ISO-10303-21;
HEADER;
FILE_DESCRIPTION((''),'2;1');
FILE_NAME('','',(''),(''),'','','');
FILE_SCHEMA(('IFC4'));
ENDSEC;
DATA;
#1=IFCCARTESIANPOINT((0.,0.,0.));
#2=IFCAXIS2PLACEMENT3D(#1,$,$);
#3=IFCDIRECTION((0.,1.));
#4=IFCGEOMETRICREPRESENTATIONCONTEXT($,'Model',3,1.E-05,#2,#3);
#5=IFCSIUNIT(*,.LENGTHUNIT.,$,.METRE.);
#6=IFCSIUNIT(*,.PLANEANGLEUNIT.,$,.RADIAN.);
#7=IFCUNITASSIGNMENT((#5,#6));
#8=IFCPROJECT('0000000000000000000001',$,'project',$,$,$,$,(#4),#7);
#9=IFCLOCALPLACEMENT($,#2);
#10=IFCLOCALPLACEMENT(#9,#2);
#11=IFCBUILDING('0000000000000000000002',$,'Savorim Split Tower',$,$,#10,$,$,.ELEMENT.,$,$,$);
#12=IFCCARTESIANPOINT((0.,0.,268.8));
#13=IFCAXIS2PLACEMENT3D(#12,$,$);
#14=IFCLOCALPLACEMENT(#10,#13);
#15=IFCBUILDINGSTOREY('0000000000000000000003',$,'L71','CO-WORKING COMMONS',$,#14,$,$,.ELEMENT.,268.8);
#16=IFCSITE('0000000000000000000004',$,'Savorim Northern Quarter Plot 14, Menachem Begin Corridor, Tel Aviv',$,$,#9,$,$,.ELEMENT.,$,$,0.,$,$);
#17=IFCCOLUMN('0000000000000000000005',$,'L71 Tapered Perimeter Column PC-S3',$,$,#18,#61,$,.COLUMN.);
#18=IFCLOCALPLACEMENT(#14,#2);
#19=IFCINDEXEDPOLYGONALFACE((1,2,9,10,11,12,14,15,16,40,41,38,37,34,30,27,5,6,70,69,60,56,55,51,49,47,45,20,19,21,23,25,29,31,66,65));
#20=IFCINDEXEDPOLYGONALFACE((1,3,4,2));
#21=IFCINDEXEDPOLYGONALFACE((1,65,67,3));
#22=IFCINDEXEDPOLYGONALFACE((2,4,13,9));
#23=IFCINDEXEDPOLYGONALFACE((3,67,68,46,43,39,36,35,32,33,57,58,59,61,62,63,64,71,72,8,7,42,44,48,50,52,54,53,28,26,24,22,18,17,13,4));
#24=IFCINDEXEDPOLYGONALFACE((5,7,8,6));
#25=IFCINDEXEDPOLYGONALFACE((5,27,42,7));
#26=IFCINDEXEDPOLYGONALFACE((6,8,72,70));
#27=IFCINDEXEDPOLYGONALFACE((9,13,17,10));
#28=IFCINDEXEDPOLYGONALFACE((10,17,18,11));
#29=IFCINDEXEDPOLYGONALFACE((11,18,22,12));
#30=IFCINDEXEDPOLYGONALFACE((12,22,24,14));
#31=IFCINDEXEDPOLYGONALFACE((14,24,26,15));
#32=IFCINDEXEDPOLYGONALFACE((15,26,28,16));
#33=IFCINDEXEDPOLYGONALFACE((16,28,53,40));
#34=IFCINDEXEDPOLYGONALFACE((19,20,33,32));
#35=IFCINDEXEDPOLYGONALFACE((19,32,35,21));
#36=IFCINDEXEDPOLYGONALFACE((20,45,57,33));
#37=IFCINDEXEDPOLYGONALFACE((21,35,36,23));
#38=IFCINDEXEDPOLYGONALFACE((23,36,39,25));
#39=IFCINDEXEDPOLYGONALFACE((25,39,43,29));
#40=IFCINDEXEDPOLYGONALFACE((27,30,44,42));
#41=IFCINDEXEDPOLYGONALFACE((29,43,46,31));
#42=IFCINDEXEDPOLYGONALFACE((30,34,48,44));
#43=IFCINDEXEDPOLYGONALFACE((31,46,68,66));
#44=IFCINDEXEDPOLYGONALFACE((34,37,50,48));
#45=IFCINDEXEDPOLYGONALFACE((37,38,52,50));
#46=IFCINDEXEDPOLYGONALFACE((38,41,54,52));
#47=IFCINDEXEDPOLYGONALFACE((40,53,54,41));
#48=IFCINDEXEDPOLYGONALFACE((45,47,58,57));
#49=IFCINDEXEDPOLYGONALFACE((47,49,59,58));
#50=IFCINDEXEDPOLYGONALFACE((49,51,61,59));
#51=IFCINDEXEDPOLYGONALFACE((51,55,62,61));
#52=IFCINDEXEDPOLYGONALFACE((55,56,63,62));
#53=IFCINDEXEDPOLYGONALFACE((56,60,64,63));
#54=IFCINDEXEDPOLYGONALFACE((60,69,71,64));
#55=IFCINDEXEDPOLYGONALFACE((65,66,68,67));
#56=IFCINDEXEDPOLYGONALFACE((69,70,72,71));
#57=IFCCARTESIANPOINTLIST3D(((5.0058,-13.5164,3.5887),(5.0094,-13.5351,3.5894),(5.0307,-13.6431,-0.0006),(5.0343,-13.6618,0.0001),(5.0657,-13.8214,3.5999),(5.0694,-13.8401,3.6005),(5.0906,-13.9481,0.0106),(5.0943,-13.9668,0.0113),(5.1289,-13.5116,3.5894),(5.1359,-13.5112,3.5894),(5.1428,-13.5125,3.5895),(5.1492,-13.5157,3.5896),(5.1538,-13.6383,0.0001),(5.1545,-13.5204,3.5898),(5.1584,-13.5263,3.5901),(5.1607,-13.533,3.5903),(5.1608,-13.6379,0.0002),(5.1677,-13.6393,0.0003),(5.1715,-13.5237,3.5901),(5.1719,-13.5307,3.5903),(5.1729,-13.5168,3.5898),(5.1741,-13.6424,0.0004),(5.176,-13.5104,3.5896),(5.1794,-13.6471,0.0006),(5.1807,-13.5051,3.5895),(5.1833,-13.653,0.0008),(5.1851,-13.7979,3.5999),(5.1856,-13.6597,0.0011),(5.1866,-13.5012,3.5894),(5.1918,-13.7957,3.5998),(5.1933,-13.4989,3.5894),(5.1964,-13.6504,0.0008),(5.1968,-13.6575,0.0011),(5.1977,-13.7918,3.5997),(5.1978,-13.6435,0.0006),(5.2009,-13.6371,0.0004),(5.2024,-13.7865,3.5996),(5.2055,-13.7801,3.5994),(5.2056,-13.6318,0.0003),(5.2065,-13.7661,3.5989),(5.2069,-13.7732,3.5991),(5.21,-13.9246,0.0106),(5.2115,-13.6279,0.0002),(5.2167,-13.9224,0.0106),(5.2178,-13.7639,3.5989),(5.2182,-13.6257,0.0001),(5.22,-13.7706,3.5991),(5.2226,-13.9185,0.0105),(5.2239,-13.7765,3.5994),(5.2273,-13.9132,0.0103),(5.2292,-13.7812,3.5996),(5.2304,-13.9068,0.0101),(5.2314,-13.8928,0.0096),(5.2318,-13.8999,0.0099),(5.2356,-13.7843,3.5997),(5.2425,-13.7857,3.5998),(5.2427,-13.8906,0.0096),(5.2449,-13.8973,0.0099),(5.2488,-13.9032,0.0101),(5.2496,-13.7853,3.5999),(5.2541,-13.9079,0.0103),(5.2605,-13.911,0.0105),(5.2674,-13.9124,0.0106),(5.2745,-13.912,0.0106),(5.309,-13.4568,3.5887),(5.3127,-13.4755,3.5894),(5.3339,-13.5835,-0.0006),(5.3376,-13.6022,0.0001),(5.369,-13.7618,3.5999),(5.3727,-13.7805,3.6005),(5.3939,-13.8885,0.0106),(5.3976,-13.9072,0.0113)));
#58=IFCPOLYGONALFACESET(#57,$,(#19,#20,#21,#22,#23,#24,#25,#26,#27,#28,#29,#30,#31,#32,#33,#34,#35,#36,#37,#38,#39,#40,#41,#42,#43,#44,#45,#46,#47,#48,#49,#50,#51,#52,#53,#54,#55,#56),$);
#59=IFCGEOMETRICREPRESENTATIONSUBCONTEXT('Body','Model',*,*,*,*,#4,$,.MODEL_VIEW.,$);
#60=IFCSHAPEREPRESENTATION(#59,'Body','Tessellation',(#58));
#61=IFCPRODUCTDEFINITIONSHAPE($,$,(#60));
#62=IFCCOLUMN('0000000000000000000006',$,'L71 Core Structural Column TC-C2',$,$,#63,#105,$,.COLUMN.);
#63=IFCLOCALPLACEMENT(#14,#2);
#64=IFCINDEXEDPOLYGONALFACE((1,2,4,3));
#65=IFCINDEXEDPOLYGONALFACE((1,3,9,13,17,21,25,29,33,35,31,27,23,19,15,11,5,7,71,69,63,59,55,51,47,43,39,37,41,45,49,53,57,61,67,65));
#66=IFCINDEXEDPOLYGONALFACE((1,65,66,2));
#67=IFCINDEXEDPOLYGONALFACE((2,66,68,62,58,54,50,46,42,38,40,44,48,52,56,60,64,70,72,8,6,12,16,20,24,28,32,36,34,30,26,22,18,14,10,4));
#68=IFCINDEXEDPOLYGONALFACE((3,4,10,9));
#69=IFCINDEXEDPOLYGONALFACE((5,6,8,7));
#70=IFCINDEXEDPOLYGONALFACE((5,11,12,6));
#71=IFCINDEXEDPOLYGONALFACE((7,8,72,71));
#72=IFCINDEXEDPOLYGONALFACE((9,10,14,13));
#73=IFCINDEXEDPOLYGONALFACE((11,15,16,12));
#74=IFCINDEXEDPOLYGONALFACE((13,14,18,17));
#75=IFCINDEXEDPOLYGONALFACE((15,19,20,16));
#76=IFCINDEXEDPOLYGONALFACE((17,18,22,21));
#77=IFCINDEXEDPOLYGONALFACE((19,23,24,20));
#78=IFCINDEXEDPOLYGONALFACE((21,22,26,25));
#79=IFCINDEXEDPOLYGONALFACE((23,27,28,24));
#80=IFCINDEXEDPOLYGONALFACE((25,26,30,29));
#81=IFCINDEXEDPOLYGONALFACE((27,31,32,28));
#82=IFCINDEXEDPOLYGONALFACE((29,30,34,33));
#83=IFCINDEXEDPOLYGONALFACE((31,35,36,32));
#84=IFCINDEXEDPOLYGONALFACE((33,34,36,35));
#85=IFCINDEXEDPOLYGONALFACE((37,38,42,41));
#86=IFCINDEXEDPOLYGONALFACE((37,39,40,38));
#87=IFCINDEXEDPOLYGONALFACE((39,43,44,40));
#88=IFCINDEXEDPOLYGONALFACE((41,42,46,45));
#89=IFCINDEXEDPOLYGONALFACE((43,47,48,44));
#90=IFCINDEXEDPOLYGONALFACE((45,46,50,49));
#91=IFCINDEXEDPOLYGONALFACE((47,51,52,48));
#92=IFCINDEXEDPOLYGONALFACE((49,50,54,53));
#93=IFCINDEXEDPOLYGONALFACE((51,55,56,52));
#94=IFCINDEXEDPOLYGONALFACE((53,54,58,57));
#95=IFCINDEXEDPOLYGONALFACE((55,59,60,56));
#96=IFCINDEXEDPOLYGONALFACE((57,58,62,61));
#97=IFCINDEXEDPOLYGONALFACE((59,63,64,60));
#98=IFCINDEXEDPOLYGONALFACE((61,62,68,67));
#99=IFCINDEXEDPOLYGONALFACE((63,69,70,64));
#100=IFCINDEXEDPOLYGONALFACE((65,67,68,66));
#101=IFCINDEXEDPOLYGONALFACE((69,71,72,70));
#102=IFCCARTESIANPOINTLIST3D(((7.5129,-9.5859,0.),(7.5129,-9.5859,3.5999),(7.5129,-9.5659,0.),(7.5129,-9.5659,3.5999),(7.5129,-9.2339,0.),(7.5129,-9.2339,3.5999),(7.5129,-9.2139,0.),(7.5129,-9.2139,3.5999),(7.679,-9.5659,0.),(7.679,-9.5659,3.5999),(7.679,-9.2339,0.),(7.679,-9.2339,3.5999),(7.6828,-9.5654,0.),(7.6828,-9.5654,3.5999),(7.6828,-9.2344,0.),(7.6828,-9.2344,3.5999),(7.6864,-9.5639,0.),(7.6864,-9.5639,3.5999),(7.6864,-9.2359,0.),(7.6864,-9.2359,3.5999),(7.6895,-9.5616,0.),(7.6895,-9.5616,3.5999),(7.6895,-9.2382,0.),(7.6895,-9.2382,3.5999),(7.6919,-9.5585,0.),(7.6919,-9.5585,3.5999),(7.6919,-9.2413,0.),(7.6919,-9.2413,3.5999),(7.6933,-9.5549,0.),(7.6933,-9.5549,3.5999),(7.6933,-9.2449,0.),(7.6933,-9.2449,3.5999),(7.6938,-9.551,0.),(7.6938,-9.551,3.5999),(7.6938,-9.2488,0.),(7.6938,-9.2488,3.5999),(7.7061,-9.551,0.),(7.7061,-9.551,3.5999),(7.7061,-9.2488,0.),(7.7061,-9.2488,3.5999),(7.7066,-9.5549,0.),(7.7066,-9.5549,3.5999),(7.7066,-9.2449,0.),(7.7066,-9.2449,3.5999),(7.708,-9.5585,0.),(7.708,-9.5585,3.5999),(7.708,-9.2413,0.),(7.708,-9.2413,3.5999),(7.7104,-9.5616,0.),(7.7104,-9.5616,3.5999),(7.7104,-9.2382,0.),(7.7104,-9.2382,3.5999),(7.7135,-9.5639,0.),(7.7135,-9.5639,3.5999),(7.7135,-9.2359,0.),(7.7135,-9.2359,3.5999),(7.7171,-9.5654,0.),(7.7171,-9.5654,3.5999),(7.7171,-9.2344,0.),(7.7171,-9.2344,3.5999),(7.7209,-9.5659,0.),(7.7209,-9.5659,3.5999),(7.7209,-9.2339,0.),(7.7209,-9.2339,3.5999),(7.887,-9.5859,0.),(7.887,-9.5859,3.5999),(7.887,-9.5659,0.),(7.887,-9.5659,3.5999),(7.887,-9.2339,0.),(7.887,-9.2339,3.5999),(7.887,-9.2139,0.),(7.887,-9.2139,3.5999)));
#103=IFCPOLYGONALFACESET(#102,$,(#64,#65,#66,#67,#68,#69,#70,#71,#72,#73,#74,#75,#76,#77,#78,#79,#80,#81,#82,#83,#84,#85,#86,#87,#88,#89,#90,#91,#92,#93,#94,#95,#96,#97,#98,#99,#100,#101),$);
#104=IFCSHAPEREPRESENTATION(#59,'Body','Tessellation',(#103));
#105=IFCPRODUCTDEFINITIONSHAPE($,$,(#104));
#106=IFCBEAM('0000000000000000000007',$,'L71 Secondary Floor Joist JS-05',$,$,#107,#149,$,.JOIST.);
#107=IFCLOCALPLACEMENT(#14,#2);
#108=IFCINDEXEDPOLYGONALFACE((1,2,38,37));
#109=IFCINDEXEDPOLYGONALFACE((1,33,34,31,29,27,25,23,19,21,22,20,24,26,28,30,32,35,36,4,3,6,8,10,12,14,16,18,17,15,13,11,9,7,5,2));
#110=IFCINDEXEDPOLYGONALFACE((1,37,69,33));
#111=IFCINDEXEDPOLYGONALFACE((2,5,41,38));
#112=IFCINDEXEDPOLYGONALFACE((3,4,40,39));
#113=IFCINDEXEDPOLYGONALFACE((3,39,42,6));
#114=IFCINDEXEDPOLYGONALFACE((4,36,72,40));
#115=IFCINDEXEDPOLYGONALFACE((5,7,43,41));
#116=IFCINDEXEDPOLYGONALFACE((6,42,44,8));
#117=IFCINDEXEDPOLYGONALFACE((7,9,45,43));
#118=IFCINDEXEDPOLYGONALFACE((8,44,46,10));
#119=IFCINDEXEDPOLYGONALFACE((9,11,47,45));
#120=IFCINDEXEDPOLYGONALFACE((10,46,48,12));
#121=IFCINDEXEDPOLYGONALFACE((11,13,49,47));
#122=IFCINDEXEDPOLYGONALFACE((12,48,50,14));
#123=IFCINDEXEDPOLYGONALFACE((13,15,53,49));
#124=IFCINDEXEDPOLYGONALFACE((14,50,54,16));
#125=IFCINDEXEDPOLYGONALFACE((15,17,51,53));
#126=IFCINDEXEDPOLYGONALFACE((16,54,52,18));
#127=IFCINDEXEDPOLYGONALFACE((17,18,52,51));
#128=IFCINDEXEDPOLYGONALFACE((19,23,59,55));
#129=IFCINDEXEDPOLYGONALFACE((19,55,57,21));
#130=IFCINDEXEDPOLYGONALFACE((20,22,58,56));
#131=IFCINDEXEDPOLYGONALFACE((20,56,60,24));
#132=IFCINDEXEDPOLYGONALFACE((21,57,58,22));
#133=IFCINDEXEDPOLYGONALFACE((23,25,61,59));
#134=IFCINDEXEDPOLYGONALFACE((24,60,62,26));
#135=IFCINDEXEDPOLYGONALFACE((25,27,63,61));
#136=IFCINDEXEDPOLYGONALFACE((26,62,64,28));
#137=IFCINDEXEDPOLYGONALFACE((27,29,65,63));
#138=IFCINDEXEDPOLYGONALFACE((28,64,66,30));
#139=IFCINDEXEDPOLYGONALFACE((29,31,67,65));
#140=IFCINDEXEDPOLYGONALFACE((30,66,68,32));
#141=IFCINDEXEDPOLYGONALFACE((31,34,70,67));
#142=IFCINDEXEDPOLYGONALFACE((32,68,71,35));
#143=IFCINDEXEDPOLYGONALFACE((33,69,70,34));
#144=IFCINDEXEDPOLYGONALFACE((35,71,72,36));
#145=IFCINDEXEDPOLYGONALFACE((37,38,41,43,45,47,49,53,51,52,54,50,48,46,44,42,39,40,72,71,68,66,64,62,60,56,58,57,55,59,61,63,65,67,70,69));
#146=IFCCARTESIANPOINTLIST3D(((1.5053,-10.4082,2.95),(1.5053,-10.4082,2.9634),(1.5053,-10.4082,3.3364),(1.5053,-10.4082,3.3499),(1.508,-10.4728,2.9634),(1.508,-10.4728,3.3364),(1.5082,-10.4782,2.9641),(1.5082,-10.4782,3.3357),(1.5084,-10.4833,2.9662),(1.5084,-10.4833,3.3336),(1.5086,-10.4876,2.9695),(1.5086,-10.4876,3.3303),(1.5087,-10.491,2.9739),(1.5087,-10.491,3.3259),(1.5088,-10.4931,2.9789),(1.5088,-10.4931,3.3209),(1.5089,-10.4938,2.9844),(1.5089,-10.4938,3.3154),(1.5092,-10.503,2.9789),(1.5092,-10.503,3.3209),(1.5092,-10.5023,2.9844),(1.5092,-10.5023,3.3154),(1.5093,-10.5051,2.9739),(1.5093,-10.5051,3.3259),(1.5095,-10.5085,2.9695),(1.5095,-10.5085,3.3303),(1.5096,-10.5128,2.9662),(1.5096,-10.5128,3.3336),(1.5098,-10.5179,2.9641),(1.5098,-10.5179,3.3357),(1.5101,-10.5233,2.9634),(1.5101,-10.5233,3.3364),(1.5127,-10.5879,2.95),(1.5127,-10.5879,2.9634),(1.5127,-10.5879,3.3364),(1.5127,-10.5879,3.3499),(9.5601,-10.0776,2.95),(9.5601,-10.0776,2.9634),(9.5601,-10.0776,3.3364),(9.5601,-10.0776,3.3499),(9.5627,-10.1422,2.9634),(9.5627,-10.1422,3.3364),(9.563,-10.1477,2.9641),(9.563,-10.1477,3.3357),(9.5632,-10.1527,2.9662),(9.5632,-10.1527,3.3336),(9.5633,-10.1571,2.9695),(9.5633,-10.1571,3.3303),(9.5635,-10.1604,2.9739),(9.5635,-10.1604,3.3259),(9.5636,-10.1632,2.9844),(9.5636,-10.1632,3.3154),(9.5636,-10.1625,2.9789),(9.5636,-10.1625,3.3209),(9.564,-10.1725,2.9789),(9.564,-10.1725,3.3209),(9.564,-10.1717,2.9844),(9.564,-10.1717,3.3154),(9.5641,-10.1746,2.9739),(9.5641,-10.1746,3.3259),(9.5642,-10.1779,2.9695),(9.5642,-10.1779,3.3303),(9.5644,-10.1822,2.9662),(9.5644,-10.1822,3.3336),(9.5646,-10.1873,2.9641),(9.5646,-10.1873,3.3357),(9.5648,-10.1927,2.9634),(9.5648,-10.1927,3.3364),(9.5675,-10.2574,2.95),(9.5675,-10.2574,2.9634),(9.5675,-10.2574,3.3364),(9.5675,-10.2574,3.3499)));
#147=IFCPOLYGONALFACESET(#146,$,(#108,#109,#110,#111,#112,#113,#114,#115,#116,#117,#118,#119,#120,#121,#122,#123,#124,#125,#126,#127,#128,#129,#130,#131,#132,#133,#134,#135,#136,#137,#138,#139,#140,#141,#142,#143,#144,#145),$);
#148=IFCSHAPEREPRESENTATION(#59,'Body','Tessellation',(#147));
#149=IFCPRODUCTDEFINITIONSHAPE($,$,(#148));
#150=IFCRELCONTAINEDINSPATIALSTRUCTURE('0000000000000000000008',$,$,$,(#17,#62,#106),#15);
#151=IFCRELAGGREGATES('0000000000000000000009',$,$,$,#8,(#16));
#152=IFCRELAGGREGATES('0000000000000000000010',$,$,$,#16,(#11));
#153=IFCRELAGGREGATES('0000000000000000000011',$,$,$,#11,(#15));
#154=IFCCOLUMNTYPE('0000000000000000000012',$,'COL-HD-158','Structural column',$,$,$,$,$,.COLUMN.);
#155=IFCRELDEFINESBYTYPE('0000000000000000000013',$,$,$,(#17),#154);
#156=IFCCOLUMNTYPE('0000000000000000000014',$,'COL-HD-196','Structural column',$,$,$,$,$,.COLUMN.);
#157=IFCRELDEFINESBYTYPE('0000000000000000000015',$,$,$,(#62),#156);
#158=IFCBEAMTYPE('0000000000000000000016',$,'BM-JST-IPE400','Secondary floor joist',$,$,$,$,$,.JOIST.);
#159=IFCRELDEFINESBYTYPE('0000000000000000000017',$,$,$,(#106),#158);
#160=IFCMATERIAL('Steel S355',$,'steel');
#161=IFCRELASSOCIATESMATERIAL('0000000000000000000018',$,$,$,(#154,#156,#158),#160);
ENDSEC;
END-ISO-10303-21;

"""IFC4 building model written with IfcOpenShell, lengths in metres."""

from ifc_helpers import new_model, si_unit, direction, frame, origin, origin_2d, place, context, subcontext, project, spatial, i_section, extrude, material, material_profile, profile_set, type_object, element, save


model = new_model("IFC4")

# Units and contexts
model_context = context("Model", 3, precision=1e-05, world=origin(), true_north=direction((0.0, 1.0)))
body_context = subcontext(model_context, "Body", "Model", "MODEL_VIEW")
ifc_project = project(units=[si_unit("LENGTHUNIT", "METRE"), si_unit("PLANEANGLEUNIT", "RADIAN")], contexts=[model_context])

# Site, building, storey
site_placement = place(None, origin())
site = spatial("IfcSite", under=ifc_project, at=site_placement, Name="Savorim Northern Quarter Plot 14, Menachem Begin Corridor, Tel Aviv", CompositionType="ELEMENT", RefElevation=0.0)
building_placement = place(site_placement, origin())
building = spatial("IfcBuilding", under=site, at=building_placement, Name="Savorim Split Tower", CompositionType="ELEMENT")
storey_placement = place(building_placement, frame((0.0, 0.0, 268.8)))
storey = spatial("IfcBuildingStorey", under=building, at=storey_placement, Name="L71", Description="CO-WORKING COMMONS", CompositionType="ELEMENT", Elevation=268.8)

# Columns
ifc_material_1 = material(Name="Steel S355", Category="steel")
ifc_material_profile_1 = material_profile(ifc_material_1, i_section(OverallWidth=0.3091, OverallDepth=0.3301, WebThickness=0.0115, FlangeThickness=0.019, FilletRadius=0.0271, at=origin_2d()), Name="HD 320x158")
ifc_profile_set_1 = profile_set([ifc_material_profile_1], Name="Steel S355")
column_type_1 = type_object("IfcColumnType", Name="COL-HD-158", Description="Structural column", PredefinedType="COLUMN", material=ifc_profile_set_1)
column_1_placement = place(storey_placement, frame((5.2141, -13.7751, 0.0054), z_axis=(-0.006934, 0.035281, 0.999353), x_axis=(-0.98123, -0.192843, 0.0)))
element("IfcColumn", 1, at=column_1_placement, inside=storey, type_object=column_type_1, Name="L71 Tapered Perimeter Column PC-S3", PredefinedType="COLUMN", context=body_context, shape_type="SweptSolid", body=[
    extrude(i_section(OverallWidth=0.3091, OverallDepth=0.3301, WebThickness=0.0115, FlangeThickness=0.019, FilletRadius=0.0271, at=origin_2d()), origin(), (0.0, 0.0, 1.0), 3.5916),
])
ifc_material_profile_2 = material_profile(ifc_material_1, i_section(OverallWidth=0.374, OverallDepth=0.3721, WebThickness=0.0122, FlangeThickness=0.02, FilletRadius=0.0149, at=origin_2d()), Name="HD 360x196")
ifc_profile_set_2 = profile_set([ifc_material_profile_2], Name="Steel S355")
column_type_2 = type_object("IfcColumnType", Name="COL-HD-196", Description="Structural column", PredefinedType="COLUMN", material=ifc_profile_set_2)
column_2_placement = place(storey_placement, frame((7.7, -9.3999, 0.0), z_axis=(0.0, 0.0, 1.0), x_axis=(1.0, 0.0, 0.0)))
element("IfcColumn", 2, at=column_2_placement, inside=storey, type_object=column_type_2, Name="L71 Core Structural Column TC-C2", PredefinedType="COLUMN", context=body_context, shape_type="SweptSolid", body=[
    extrude(i_section(OverallWidth=0.374, OverallDepth=0.3721, WebThickness=0.0122, FlangeThickness=0.02, FilletRadius=0.0149, at=origin_2d()), origin(), (0.0, 0.0, 1.0), 3.5999),
])

# Beam
ifc_material_profile_3 = material_profile(ifc_material_1, i_section(OverallWidth=0.1799, OverallDepth=0.3999, WebThickness=0.0085, FlangeThickness=0.0134, FilletRadius=0.021, at=origin_2d()), Name="IPE 400")
ifc_profile_set_3 = profile_set([ifc_material_profile_3], Name="Steel S355")
beam_type_1 = type_object("IfcBeamType", Name="BM-JST-IPE400", Description="Secondary floor joist", PredefinedType="JOIST", material=ifc_profile_set_3)
beam_1_placement = place(storey_placement, frame((1.509, -10.498, 3.1499), z_axis=(0.999159, 0.041006, 0.0), x_axis=(-0.041006, 0.999159, 0.0)))
element("IfcBeam", 3, at=beam_1_placement, inside=storey, type_object=beam_type_1, Name="L71 Secondary Floor Joist JS-05", PredefinedType="JOIST", context=body_context, shape_type="SweptSolid", body=[
    extrude(i_section(OverallWidth=0.1799, OverallDepth=0.3999, WebThickness=0.0085, FlangeThickness=0.0134, FilletRadius=0.021, at=origin_2d()), origin(), (0.0, 0.0, 1.0), 8.0615),
])

save(model, "model.ifc")
